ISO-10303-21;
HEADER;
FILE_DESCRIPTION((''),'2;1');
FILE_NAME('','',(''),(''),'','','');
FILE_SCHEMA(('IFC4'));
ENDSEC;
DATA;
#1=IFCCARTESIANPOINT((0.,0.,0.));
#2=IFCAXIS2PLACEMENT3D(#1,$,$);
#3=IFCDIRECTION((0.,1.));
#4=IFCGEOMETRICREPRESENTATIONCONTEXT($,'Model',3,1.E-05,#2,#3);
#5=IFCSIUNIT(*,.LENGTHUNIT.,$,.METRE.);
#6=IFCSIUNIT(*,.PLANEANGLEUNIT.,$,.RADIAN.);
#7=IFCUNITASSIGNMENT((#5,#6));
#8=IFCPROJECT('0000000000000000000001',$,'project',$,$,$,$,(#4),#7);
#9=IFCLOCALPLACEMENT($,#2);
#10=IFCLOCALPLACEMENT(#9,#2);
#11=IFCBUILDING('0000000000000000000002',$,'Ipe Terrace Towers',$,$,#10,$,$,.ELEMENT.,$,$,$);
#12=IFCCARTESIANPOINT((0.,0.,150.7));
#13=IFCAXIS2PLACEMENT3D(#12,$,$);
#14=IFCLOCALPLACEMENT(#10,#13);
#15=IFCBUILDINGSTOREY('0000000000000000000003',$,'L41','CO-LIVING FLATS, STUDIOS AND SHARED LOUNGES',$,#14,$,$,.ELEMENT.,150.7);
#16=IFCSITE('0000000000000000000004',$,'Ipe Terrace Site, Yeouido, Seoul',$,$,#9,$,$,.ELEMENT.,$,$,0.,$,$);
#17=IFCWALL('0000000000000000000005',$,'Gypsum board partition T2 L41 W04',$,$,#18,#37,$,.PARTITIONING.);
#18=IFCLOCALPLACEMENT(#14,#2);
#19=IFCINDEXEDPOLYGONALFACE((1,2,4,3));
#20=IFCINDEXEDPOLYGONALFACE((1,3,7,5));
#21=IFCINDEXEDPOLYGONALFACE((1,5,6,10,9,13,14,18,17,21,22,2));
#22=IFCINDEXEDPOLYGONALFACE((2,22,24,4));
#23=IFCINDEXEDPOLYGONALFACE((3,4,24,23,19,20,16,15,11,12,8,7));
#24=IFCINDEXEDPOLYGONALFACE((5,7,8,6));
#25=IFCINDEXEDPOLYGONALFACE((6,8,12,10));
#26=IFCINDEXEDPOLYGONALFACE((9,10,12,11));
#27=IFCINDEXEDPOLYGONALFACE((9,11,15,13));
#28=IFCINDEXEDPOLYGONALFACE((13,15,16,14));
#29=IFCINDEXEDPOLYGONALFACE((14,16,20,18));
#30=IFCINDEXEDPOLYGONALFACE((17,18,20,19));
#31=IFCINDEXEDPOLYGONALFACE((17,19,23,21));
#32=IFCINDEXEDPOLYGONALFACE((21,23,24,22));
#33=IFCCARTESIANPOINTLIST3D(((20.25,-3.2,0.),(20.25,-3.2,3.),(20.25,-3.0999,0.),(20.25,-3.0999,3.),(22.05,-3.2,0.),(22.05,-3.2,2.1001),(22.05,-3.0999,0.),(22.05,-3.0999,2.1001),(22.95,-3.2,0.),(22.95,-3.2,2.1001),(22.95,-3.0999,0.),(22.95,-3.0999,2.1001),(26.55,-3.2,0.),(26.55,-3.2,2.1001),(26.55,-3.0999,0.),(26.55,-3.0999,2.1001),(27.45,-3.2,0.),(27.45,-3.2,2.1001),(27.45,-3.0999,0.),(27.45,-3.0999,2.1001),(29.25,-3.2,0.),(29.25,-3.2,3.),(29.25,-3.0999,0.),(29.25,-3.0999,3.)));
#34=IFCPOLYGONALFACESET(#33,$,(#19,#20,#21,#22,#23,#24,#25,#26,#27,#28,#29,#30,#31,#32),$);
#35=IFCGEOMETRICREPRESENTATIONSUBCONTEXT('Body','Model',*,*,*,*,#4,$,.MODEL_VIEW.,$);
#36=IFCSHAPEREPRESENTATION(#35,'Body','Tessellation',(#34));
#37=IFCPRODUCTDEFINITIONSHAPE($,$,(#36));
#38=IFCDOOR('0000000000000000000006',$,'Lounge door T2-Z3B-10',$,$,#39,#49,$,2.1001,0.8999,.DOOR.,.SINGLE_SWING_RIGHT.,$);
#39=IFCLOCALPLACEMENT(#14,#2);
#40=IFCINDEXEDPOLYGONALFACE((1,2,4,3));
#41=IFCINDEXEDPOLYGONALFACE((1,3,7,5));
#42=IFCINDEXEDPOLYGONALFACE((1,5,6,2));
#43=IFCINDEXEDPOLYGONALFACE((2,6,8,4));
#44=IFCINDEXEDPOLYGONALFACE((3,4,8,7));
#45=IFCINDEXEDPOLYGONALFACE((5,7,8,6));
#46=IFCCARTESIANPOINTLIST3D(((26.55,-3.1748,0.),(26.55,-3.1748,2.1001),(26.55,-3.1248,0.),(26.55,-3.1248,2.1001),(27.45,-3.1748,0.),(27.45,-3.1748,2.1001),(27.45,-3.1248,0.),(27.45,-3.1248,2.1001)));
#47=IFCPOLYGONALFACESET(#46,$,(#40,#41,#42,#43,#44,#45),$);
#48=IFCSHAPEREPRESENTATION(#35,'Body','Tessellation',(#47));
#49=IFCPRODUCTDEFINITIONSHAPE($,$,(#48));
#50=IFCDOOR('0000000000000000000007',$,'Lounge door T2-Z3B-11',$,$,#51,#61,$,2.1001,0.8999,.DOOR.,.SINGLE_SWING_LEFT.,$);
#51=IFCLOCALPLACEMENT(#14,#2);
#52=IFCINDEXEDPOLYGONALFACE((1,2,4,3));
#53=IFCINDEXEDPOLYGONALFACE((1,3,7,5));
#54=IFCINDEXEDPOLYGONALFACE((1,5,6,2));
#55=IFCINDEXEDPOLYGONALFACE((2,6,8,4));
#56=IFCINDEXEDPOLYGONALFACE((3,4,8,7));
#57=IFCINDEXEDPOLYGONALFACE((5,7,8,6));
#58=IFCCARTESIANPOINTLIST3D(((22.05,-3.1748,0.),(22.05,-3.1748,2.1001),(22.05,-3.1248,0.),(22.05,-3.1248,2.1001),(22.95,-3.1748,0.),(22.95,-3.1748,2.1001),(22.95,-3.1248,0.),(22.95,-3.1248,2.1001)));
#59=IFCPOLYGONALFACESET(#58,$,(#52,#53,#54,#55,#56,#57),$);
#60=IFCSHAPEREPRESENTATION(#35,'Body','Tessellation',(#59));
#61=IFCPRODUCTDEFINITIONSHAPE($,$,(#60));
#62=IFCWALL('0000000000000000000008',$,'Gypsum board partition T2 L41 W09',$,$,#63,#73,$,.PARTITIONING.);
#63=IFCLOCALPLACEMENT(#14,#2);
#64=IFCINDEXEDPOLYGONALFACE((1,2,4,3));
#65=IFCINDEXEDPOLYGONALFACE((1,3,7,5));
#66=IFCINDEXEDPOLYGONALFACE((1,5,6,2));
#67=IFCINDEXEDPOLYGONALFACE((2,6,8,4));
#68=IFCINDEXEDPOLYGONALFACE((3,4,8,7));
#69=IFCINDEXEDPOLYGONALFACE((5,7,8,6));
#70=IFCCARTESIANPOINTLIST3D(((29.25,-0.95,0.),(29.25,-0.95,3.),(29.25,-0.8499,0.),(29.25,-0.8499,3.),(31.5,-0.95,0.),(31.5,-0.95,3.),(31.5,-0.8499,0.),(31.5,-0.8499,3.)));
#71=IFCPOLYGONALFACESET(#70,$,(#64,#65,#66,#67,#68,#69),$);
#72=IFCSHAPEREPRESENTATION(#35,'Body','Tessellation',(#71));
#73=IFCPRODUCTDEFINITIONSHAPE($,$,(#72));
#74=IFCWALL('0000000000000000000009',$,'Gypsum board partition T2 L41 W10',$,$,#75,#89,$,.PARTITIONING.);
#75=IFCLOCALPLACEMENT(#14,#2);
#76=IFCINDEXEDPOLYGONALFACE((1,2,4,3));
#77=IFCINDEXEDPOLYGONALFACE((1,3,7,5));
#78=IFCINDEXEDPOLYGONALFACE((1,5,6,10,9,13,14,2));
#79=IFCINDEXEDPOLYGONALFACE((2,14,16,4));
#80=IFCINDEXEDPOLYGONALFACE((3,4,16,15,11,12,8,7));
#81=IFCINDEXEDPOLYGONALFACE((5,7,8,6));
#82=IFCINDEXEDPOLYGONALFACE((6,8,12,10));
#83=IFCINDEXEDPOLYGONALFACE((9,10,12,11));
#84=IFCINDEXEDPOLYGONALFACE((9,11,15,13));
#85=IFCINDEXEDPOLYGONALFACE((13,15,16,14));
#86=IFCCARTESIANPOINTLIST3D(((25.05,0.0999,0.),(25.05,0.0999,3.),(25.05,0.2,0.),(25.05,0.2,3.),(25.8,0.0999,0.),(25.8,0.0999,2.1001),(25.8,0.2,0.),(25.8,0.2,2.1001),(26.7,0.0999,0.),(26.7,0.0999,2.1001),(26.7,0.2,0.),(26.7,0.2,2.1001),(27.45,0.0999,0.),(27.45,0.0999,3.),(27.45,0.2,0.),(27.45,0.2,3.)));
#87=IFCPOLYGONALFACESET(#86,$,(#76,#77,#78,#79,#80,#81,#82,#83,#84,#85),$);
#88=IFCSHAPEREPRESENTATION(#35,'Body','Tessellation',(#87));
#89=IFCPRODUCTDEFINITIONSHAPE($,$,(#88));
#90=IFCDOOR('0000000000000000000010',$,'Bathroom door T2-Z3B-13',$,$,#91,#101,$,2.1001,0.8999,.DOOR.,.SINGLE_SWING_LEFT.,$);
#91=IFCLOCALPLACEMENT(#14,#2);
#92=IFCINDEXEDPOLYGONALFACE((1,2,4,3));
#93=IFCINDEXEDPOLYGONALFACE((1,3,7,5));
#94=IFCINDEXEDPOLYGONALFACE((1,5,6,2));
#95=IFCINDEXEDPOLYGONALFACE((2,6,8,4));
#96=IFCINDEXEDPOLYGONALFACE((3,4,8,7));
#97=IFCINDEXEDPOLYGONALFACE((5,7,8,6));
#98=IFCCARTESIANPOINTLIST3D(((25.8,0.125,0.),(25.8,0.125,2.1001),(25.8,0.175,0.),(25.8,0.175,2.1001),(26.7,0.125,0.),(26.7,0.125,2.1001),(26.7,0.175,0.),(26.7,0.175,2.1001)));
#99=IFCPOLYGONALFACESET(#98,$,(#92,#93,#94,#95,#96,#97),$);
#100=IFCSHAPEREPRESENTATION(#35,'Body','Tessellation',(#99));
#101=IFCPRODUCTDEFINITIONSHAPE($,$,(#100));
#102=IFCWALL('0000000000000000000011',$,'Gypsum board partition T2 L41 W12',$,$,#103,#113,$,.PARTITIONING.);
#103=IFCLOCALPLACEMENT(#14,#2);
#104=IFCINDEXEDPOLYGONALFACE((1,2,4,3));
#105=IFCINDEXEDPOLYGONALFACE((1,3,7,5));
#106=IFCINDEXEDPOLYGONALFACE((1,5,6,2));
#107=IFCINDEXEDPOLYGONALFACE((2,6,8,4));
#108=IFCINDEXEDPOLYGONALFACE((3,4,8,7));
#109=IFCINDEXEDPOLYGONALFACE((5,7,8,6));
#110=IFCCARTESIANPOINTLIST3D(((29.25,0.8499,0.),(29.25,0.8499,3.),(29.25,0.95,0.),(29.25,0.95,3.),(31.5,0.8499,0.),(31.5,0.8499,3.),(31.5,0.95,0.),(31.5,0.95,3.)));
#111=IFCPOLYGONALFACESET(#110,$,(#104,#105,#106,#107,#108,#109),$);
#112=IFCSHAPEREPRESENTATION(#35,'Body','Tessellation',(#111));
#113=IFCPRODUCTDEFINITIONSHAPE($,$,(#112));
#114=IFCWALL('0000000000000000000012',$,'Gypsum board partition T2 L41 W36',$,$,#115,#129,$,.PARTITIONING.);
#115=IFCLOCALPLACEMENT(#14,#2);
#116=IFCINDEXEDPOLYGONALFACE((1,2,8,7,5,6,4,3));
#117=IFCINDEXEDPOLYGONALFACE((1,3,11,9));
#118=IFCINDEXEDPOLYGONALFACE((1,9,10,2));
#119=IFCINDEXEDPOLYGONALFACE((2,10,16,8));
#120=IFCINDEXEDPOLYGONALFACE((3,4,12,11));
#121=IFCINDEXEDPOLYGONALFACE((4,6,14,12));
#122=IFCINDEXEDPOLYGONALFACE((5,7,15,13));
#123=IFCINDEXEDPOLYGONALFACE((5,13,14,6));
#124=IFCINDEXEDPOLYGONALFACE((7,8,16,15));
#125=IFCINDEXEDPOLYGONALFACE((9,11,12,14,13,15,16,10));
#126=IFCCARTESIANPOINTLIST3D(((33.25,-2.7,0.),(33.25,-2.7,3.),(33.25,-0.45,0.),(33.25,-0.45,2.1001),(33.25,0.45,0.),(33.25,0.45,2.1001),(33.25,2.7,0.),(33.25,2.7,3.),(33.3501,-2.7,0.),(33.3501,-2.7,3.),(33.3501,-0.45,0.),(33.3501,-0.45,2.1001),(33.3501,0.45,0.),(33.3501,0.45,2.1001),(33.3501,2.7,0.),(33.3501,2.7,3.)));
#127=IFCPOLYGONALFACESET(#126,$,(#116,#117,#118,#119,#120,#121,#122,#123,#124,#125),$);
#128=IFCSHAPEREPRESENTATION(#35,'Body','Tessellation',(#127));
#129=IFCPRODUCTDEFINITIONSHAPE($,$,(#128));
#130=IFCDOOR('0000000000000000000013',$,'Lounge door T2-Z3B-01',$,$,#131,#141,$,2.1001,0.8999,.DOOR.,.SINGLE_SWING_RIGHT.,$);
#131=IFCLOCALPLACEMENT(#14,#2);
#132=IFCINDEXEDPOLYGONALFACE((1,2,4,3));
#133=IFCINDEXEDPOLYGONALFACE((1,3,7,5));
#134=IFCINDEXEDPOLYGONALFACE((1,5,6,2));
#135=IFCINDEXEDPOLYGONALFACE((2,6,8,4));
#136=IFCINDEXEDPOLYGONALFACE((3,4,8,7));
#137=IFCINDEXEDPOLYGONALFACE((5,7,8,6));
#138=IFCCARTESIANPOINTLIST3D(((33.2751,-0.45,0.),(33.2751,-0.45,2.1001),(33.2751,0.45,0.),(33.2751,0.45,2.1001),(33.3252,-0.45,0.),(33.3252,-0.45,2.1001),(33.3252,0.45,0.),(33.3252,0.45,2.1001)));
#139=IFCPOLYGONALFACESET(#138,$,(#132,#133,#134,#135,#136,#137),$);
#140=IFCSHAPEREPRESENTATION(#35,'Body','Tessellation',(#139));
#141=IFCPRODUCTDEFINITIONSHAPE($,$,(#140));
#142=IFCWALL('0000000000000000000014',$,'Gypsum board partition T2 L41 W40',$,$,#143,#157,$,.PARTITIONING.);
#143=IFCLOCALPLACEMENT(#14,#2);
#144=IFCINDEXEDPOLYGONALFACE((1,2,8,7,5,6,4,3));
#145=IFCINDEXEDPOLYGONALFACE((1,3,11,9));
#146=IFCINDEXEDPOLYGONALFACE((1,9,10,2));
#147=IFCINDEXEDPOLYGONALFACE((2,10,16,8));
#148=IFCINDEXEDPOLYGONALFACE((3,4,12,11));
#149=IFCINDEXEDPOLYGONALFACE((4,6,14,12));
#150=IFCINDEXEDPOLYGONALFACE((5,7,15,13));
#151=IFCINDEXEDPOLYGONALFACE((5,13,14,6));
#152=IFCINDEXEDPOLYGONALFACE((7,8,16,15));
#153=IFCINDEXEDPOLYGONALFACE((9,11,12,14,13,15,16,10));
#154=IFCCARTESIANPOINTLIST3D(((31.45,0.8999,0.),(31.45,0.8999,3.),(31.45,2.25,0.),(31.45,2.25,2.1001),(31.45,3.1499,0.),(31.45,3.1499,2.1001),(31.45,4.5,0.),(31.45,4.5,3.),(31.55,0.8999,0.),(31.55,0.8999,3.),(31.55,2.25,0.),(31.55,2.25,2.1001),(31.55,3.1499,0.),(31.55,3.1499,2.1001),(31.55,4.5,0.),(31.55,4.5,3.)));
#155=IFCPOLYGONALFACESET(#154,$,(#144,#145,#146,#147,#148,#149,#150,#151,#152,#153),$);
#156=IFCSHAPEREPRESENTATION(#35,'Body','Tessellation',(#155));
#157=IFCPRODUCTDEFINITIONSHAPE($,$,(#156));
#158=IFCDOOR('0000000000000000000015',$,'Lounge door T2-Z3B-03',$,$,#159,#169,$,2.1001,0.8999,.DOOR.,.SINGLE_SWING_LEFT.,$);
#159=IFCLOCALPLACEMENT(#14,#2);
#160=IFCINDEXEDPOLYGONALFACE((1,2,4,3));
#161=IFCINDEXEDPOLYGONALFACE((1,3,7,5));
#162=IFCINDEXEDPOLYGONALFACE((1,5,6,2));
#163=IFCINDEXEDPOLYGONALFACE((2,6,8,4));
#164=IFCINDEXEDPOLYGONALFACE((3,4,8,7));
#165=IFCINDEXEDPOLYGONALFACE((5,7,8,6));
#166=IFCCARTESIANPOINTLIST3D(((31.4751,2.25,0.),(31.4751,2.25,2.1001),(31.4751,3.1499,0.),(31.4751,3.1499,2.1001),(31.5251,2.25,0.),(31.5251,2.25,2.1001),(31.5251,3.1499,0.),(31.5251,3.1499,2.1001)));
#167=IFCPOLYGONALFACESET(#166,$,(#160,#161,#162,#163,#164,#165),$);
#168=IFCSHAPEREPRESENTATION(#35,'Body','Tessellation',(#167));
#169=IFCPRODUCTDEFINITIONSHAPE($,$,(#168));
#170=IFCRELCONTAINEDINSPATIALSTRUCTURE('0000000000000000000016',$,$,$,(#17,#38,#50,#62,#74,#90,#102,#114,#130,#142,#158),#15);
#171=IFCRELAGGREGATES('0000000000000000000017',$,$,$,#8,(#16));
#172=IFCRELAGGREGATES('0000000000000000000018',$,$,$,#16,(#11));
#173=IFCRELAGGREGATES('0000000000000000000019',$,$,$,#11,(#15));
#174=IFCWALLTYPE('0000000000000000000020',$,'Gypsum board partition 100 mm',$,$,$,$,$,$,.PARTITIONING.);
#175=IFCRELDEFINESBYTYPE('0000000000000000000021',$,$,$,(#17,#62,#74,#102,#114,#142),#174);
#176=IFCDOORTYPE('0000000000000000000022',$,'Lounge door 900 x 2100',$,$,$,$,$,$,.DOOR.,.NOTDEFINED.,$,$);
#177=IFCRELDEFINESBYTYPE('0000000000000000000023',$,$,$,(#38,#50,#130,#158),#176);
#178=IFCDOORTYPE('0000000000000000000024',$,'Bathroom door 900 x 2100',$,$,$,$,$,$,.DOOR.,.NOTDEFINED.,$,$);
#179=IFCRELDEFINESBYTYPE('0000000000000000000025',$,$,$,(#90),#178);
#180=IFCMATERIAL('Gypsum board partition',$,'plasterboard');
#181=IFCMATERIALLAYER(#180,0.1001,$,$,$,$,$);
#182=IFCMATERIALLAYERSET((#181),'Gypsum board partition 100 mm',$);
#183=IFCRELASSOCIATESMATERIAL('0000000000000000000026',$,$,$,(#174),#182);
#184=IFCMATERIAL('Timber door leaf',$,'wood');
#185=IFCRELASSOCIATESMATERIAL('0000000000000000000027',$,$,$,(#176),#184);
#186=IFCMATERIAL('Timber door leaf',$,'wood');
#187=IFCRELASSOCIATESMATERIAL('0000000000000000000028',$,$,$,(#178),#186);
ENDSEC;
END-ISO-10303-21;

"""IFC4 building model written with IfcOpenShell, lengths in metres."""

from ifc_helpers import new_model, si_unit, direction, frame, frame_2d, origin, place, context, subcontext, project, spatial, rectangle, extrude, material, layer, layer_set, type_object, element, fill, save


model = new_model("IFC4")

# Units and contexts
model_context = context("Model", 3, precision=1e-05, world=origin(), true_north=direction((0.0, 1.0)))
body_context = subcontext(model_context, "Body", "Model", "MODEL_VIEW")
ifc_project = project(units=[si_unit("LENGTHUNIT", "METRE"), si_unit("PLANEANGLEUNIT", "RADIAN")], contexts=[model_context])

# Site, building, storey
site_placement = place(None, origin())
site = spatial("IfcSite", under=ifc_project, at=site_placement, Name="Ipe Terrace Site, Yeouido, Seoul", CompositionType="ELEMENT", RefElevation=0.0)
building_placement = place(site_placement, origin())
building = spatial("IfcBuilding", under=site, at=building_placement, Name="Ipe Terrace Towers", CompositionType="ELEMENT")
storey_placement = place(building_placement, frame((0.0, 0.0, 150.7)))
storey = spatial("IfcBuildingStorey", under=building, at=storey_placement, Name="L41", Description="CO-LIVING FLATS, STUDIOS AND SHARED LOUNGES", CompositionType="ELEMENT", Elevation=150.7)

# Wall, openings, doors
ifc_material_1 = material(Name="Gypsum board partition", Category="plasterboard")
ifc_layer_1 = layer(ifc_material_1, 0.1001)
ifc_layer_set_1 = layer_set([ifc_layer_1], Name="Gypsum board partition 100 mm")
wall_type_1 = type_object("IfcWallType", Name="Gypsum board partition 100 mm", PredefinedType="PARTITIONING", material=ifc_layer_set_1)
wall_1_placement = place(storey_placement, frame((29.25, -3.1499, 0.0), z_axis=(0.0, 0.0, 1.0), x_axis=(-1.0, 0.0, 0.0)))
wall_1 = element("IfcWall", 1, at=wall_1_placement, inside=storey, type_object=wall_type_1, Name="Gypsum board partition T2 L41 W04", PredefinedType="PARTITIONING", context=body_context, shape_type="SweptSolid", body=[
    extrude(rectangle(XDim=9.0, YDim=0.1001, at=frame_2d((4.5, 0.0))), origin(), (0.0, 0.0, 1.0), 3.0),
])
opening_1_placement = place(wall_1_placement, frame((1.8, 0.0, 0.0)))
opening_1 = element("IfcOpeningElement", 2, at=opening_1_placement, cuts=wall_1, PredefinedType="OPENING", context=body_context, shape_type="SweptSolid", body=[
    extrude(rectangle(XDim=0.8999, YDim=2.1001, at=frame_2d((0.45, 1.05))), frame((0.0, 0.0601, 0.0), z_axis=(0.0, -1.0, 0.0), x_axis=(1.0, 0.0, 0.0)), (0.0, 0.0, 1.0), 0.1201),
])
opening_2_placement = place(wall_1_placement, frame((6.3, 0.0, 0.0)))
opening_2 = element("IfcOpeningElement", 3, at=opening_2_placement, cuts=wall_1, PredefinedType="OPENING", context=body_context, shape_type="SweptSolid", body=[
    extrude(rectangle(XDim=0.8999, YDim=2.1001, at=frame_2d((0.45, 1.05))), frame((0.0, 0.0601, 0.0), z_axis=(0.0, -1.0, 0.0), x_axis=(1.0, 0.0, 0.0)), (0.0, 0.0, 1.0), 0.1201),
])
ifc_material_2 = material(Name="Timber door leaf", Category="wood")
door_type_1 = type_object("IfcDoorType", Name="Lounge door 900 x 2100", OperationType="NOTDEFINED", PredefinedType="DOOR", material=ifc_material_2)
door_1_placement = place(opening_1_placement, origin())
door_1 = element("IfcDoor", 4, at=door_1_placement, inside=storey, type_object=door_type_1, Name="Lounge door T2-Z3B-10", OperationType="SINGLE_SWING_RIGHT", OverallHeight=2.1001, OverallWidth=0.8999, PredefinedType="DOOR", context=body_context, shape_type="SweptSolid", body=[
    extrude(rectangle(XDim=0.8999, YDim=2.1001, at=frame_2d((0.45, 1.05))), frame((0.0, 0.0249, 0.0), z_axis=(0.0, -1.0, 0.0), x_axis=(1.0, 0.0, 0.0)), (0.0, 0.0, 1.0), 0.05),
])
fill(opening_1, door_1)
door_2_placement = place(opening_2_placement, origin())
door_2 = element("IfcDoor", 5, at=door_2_placement, inside=storey, type_object=door_type_1, Name="Lounge door T2-Z3B-11", OperationType="SINGLE_SWING_LEFT", OverallHeight=2.1001, OverallWidth=0.8999, PredefinedType="DOOR", context=body_context, shape_type="SweptSolid", body=[
    extrude(rectangle(XDim=0.8999, YDim=2.1001, at=frame_2d((0.45, 1.05))), frame((0.0, 0.0249, 0.0), z_axis=(0.0, -1.0, 0.0), x_axis=(1.0, 0.0, 0.0)), (0.0, 0.0, 1.0), 0.05),
])
fill(opening_2, door_2)

# Wall
wall_2_placement = place(storey_placement, frame((31.5, -0.8999, 0.0), z_axis=(0.0, 0.0, 1.0), x_axis=(-1.0, 0.0, 0.0)))
element("IfcWall", 6, at=wall_2_placement, inside=storey, type_object=wall_type_1, Name="Gypsum board partition T2 L41 W09", PredefinedType="PARTITIONING", context=body_context, shape_type="SweptSolid", body=[
    extrude(rectangle(XDim=2.25, YDim=0.1001, at=frame_2d((1.125, 0.0))), origin(), (0.0, 0.0, 1.0), 3.0),
])

# Wall, opening, door
wall_3_placement = place(storey_placement, frame((27.45, 0.1499, 0.0), z_axis=(0.0, 0.0, 1.0), x_axis=(-1.0, 0.0, 0.0)))
wall_3 = element("IfcWall", 7, at=wall_3_placement, inside=storey, type_object=wall_type_1, Name="Gypsum board partition T2 L41 W10", PredefinedType="PARTITIONING", context=body_context, shape_type="SweptSolid", body=[
    extrude(rectangle(XDim=2.3999, YDim=0.1001, at=frame_2d((1.2, 0.0))), origin(), (0.0, 0.0, 1.0), 3.0),
])
opening_3_placement = place(wall_3_placement, frame((0.75, 0.0, 0.0)))
opening_3 = element("IfcOpeningElement", 8, at=opening_3_placement, cuts=wall_3, PredefinedType="OPENING", context=body_context, shape_type="SweptSolid", body=[
    extrude(rectangle(XDim=0.8999, YDim=2.1001, at=frame_2d((0.45, 1.05))), frame((0.0, 0.0601, 0.0), z_axis=(0.0, -1.0, 0.0), x_axis=(1.0, 0.0, 0.0)), (0.0, 0.0, 1.0), 0.1201),
])
ifc_material_3 = material(Name="Timber door leaf", Category="wood")
door_type_2 = type_object("IfcDoorType", Name="Bathroom door 900 x 2100", OperationType="NOTDEFINED", PredefinedType="DOOR", material=ifc_material_3)
door_3_placement = place(opening_3_placement, origin())
door_3 = element("IfcDoor", 9, at=door_3_placement, inside=storey, type_object=door_type_2, Name="Bathroom door T2-Z3B-13", OperationType="SINGLE_SWING_LEFT", OverallHeight=2.1001, OverallWidth=0.8999, PredefinedType="DOOR", context=body_context, shape_type="SweptSolid", body=[
    extrude(rectangle(XDim=0.8999, YDim=2.1001, at=frame_2d((0.45, 1.05))), frame((0.0, 0.0249, 0.0), z_axis=(0.0, -1.0, 0.0), x_axis=(1.0, 0.0, 0.0)), (0.0, 0.0, 1.0), 0.05),
])
fill(opening_3, door_3)

# Wall
wall_4_placement = place(storey_placement, frame((31.5, 0.8999, 0.0), z_axis=(0.0, 0.0, 1.0), x_axis=(-1.0, 0.0, 0.0)))
element("IfcWall", 10, at=wall_4_placement, inside=storey, type_object=wall_type_1, Name="Gypsum board partition T2 L41 W12", PredefinedType="PARTITIONING", context=body_context, shape_type="SweptSolid", body=[
    extrude(rectangle(XDim=2.25, YDim=0.1001, at=frame_2d((1.125, 0.0))), origin(), (0.0, 0.0, 1.0), 3.0),
])

# Walls, openings, doors
wall_5_placement = place(storey_placement, frame((33.3, -2.7, 0.0), z_axis=(0.0, 0.0, 1.0), x_axis=(0.0, 1.0, 0.0)))
wall_5 = element("IfcWall", 11, at=wall_5_placement, inside=storey, type_object=wall_type_1, Name="Gypsum board partition T2 L41 W36", PredefinedType="PARTITIONING", context=body_context, shape_type="SweptSolid", body=[
    extrude(rectangle(XDim=5.3999, YDim=0.1001, at=frame_2d((2.7, 0.0))), origin(), (0.0, 0.0, 1.0), 3.0),
])
opening_4_placement = place(wall_5_placement, frame((2.25, 0.0, 0.0)))
opening_4 = element("IfcOpeningElement", 12, at=opening_4_placement, cuts=wall_5, PredefinedType="OPENING", context=body_context, shape_type="SweptSolid", body=[
    extrude(rectangle(XDim=0.8999, YDim=2.1001, at=frame_2d((0.45, 1.05))), frame((0.0, 0.0601, 0.0), z_axis=(0.0, -1.0, 0.0), x_axis=(1.0, 0.0, 0.0)), (0.0, 0.0, 1.0), 0.1201),
])
door_4_placement = place(opening_4_placement, origin())
door_4 = element("IfcDoor", 13, at=door_4_placement, inside=storey, type_object=door_type_1, Name="Lounge door T2-Z3B-01", OperationType="SINGLE_SWING_RIGHT", OverallHeight=2.1001, OverallWidth=0.8999, PredefinedType="DOOR", context=body_context, shape_type="SweptSolid", body=[
    extrude(rectangle(XDim=0.8999, YDim=2.1001, at=frame_2d((0.45, 1.05))), frame((0.0, 0.0249, 0.0), z_axis=(0.0, -1.0, 0.0), x_axis=(1.0, 0.0, 0.0)), (0.0, 0.0, 1.0), 0.05),
])
fill(opening_4, door_4)
wall_6_placement = place(storey_placement, frame((31.5, 0.8999, 0.0), z_axis=(0.0, 0.0, 1.0), x_axis=(0.0, 1.0, 0.0)))
wall_6 = element("IfcWall", 14, at=wall_6_placement, inside=storey, type_object=wall_type_1, Name="Gypsum board partition T2 L41 W40", PredefinedType="PARTITIONING", context=body_context, shape_type="SweptSolid", body=[
    extrude(rectangle(XDim=3.6001, YDim=0.1001, at=frame_2d((1.8, 0.0))), origin(), (0.0, 0.0, 1.0), 3.0),
])
opening_5_placement = place(wall_6_placement, frame((1.3501, 0.0, 0.0)))
opening_5 = element("IfcOpeningElement", 15, at=opening_5_placement, cuts=wall_6, PredefinedType="OPENING", context=body_context, shape_type="SweptSolid", body=[
    extrude(rectangle(XDim=0.8999, YDim=2.1001, at=frame_2d((0.45, 1.05))), frame((0.0, 0.0601, 0.0), z_axis=(0.0, -1.0, 0.0), x_axis=(1.0, 0.0, 0.0)), (0.0, 0.0, 1.0), 0.1201),
])
door_5_placement = place(opening_5_placement, origin())
door_5 = element("IfcDoor", 16, at=door_5_placement, inside=storey, type_object=door_type_1, Name="Lounge door T2-Z3B-03", OperationType="SINGLE_SWING_LEFT", OverallHeight=2.1001, OverallWidth=0.8999, PredefinedType="DOOR", context=body_context, shape_type="SweptSolid", body=[
    extrude(rectangle(XDim=0.8999, YDim=2.1001, at=frame_2d((0.45, 1.05))), frame((0.0, 0.0249, 0.0), z_axis=(0.0, -1.0, 0.0), x_axis=(1.0, 0.0, 0.0)), (0.0, 0.0, 1.0), 0.05),
])
fill(opening_5, door_5)

save(model, "model.ifc")
